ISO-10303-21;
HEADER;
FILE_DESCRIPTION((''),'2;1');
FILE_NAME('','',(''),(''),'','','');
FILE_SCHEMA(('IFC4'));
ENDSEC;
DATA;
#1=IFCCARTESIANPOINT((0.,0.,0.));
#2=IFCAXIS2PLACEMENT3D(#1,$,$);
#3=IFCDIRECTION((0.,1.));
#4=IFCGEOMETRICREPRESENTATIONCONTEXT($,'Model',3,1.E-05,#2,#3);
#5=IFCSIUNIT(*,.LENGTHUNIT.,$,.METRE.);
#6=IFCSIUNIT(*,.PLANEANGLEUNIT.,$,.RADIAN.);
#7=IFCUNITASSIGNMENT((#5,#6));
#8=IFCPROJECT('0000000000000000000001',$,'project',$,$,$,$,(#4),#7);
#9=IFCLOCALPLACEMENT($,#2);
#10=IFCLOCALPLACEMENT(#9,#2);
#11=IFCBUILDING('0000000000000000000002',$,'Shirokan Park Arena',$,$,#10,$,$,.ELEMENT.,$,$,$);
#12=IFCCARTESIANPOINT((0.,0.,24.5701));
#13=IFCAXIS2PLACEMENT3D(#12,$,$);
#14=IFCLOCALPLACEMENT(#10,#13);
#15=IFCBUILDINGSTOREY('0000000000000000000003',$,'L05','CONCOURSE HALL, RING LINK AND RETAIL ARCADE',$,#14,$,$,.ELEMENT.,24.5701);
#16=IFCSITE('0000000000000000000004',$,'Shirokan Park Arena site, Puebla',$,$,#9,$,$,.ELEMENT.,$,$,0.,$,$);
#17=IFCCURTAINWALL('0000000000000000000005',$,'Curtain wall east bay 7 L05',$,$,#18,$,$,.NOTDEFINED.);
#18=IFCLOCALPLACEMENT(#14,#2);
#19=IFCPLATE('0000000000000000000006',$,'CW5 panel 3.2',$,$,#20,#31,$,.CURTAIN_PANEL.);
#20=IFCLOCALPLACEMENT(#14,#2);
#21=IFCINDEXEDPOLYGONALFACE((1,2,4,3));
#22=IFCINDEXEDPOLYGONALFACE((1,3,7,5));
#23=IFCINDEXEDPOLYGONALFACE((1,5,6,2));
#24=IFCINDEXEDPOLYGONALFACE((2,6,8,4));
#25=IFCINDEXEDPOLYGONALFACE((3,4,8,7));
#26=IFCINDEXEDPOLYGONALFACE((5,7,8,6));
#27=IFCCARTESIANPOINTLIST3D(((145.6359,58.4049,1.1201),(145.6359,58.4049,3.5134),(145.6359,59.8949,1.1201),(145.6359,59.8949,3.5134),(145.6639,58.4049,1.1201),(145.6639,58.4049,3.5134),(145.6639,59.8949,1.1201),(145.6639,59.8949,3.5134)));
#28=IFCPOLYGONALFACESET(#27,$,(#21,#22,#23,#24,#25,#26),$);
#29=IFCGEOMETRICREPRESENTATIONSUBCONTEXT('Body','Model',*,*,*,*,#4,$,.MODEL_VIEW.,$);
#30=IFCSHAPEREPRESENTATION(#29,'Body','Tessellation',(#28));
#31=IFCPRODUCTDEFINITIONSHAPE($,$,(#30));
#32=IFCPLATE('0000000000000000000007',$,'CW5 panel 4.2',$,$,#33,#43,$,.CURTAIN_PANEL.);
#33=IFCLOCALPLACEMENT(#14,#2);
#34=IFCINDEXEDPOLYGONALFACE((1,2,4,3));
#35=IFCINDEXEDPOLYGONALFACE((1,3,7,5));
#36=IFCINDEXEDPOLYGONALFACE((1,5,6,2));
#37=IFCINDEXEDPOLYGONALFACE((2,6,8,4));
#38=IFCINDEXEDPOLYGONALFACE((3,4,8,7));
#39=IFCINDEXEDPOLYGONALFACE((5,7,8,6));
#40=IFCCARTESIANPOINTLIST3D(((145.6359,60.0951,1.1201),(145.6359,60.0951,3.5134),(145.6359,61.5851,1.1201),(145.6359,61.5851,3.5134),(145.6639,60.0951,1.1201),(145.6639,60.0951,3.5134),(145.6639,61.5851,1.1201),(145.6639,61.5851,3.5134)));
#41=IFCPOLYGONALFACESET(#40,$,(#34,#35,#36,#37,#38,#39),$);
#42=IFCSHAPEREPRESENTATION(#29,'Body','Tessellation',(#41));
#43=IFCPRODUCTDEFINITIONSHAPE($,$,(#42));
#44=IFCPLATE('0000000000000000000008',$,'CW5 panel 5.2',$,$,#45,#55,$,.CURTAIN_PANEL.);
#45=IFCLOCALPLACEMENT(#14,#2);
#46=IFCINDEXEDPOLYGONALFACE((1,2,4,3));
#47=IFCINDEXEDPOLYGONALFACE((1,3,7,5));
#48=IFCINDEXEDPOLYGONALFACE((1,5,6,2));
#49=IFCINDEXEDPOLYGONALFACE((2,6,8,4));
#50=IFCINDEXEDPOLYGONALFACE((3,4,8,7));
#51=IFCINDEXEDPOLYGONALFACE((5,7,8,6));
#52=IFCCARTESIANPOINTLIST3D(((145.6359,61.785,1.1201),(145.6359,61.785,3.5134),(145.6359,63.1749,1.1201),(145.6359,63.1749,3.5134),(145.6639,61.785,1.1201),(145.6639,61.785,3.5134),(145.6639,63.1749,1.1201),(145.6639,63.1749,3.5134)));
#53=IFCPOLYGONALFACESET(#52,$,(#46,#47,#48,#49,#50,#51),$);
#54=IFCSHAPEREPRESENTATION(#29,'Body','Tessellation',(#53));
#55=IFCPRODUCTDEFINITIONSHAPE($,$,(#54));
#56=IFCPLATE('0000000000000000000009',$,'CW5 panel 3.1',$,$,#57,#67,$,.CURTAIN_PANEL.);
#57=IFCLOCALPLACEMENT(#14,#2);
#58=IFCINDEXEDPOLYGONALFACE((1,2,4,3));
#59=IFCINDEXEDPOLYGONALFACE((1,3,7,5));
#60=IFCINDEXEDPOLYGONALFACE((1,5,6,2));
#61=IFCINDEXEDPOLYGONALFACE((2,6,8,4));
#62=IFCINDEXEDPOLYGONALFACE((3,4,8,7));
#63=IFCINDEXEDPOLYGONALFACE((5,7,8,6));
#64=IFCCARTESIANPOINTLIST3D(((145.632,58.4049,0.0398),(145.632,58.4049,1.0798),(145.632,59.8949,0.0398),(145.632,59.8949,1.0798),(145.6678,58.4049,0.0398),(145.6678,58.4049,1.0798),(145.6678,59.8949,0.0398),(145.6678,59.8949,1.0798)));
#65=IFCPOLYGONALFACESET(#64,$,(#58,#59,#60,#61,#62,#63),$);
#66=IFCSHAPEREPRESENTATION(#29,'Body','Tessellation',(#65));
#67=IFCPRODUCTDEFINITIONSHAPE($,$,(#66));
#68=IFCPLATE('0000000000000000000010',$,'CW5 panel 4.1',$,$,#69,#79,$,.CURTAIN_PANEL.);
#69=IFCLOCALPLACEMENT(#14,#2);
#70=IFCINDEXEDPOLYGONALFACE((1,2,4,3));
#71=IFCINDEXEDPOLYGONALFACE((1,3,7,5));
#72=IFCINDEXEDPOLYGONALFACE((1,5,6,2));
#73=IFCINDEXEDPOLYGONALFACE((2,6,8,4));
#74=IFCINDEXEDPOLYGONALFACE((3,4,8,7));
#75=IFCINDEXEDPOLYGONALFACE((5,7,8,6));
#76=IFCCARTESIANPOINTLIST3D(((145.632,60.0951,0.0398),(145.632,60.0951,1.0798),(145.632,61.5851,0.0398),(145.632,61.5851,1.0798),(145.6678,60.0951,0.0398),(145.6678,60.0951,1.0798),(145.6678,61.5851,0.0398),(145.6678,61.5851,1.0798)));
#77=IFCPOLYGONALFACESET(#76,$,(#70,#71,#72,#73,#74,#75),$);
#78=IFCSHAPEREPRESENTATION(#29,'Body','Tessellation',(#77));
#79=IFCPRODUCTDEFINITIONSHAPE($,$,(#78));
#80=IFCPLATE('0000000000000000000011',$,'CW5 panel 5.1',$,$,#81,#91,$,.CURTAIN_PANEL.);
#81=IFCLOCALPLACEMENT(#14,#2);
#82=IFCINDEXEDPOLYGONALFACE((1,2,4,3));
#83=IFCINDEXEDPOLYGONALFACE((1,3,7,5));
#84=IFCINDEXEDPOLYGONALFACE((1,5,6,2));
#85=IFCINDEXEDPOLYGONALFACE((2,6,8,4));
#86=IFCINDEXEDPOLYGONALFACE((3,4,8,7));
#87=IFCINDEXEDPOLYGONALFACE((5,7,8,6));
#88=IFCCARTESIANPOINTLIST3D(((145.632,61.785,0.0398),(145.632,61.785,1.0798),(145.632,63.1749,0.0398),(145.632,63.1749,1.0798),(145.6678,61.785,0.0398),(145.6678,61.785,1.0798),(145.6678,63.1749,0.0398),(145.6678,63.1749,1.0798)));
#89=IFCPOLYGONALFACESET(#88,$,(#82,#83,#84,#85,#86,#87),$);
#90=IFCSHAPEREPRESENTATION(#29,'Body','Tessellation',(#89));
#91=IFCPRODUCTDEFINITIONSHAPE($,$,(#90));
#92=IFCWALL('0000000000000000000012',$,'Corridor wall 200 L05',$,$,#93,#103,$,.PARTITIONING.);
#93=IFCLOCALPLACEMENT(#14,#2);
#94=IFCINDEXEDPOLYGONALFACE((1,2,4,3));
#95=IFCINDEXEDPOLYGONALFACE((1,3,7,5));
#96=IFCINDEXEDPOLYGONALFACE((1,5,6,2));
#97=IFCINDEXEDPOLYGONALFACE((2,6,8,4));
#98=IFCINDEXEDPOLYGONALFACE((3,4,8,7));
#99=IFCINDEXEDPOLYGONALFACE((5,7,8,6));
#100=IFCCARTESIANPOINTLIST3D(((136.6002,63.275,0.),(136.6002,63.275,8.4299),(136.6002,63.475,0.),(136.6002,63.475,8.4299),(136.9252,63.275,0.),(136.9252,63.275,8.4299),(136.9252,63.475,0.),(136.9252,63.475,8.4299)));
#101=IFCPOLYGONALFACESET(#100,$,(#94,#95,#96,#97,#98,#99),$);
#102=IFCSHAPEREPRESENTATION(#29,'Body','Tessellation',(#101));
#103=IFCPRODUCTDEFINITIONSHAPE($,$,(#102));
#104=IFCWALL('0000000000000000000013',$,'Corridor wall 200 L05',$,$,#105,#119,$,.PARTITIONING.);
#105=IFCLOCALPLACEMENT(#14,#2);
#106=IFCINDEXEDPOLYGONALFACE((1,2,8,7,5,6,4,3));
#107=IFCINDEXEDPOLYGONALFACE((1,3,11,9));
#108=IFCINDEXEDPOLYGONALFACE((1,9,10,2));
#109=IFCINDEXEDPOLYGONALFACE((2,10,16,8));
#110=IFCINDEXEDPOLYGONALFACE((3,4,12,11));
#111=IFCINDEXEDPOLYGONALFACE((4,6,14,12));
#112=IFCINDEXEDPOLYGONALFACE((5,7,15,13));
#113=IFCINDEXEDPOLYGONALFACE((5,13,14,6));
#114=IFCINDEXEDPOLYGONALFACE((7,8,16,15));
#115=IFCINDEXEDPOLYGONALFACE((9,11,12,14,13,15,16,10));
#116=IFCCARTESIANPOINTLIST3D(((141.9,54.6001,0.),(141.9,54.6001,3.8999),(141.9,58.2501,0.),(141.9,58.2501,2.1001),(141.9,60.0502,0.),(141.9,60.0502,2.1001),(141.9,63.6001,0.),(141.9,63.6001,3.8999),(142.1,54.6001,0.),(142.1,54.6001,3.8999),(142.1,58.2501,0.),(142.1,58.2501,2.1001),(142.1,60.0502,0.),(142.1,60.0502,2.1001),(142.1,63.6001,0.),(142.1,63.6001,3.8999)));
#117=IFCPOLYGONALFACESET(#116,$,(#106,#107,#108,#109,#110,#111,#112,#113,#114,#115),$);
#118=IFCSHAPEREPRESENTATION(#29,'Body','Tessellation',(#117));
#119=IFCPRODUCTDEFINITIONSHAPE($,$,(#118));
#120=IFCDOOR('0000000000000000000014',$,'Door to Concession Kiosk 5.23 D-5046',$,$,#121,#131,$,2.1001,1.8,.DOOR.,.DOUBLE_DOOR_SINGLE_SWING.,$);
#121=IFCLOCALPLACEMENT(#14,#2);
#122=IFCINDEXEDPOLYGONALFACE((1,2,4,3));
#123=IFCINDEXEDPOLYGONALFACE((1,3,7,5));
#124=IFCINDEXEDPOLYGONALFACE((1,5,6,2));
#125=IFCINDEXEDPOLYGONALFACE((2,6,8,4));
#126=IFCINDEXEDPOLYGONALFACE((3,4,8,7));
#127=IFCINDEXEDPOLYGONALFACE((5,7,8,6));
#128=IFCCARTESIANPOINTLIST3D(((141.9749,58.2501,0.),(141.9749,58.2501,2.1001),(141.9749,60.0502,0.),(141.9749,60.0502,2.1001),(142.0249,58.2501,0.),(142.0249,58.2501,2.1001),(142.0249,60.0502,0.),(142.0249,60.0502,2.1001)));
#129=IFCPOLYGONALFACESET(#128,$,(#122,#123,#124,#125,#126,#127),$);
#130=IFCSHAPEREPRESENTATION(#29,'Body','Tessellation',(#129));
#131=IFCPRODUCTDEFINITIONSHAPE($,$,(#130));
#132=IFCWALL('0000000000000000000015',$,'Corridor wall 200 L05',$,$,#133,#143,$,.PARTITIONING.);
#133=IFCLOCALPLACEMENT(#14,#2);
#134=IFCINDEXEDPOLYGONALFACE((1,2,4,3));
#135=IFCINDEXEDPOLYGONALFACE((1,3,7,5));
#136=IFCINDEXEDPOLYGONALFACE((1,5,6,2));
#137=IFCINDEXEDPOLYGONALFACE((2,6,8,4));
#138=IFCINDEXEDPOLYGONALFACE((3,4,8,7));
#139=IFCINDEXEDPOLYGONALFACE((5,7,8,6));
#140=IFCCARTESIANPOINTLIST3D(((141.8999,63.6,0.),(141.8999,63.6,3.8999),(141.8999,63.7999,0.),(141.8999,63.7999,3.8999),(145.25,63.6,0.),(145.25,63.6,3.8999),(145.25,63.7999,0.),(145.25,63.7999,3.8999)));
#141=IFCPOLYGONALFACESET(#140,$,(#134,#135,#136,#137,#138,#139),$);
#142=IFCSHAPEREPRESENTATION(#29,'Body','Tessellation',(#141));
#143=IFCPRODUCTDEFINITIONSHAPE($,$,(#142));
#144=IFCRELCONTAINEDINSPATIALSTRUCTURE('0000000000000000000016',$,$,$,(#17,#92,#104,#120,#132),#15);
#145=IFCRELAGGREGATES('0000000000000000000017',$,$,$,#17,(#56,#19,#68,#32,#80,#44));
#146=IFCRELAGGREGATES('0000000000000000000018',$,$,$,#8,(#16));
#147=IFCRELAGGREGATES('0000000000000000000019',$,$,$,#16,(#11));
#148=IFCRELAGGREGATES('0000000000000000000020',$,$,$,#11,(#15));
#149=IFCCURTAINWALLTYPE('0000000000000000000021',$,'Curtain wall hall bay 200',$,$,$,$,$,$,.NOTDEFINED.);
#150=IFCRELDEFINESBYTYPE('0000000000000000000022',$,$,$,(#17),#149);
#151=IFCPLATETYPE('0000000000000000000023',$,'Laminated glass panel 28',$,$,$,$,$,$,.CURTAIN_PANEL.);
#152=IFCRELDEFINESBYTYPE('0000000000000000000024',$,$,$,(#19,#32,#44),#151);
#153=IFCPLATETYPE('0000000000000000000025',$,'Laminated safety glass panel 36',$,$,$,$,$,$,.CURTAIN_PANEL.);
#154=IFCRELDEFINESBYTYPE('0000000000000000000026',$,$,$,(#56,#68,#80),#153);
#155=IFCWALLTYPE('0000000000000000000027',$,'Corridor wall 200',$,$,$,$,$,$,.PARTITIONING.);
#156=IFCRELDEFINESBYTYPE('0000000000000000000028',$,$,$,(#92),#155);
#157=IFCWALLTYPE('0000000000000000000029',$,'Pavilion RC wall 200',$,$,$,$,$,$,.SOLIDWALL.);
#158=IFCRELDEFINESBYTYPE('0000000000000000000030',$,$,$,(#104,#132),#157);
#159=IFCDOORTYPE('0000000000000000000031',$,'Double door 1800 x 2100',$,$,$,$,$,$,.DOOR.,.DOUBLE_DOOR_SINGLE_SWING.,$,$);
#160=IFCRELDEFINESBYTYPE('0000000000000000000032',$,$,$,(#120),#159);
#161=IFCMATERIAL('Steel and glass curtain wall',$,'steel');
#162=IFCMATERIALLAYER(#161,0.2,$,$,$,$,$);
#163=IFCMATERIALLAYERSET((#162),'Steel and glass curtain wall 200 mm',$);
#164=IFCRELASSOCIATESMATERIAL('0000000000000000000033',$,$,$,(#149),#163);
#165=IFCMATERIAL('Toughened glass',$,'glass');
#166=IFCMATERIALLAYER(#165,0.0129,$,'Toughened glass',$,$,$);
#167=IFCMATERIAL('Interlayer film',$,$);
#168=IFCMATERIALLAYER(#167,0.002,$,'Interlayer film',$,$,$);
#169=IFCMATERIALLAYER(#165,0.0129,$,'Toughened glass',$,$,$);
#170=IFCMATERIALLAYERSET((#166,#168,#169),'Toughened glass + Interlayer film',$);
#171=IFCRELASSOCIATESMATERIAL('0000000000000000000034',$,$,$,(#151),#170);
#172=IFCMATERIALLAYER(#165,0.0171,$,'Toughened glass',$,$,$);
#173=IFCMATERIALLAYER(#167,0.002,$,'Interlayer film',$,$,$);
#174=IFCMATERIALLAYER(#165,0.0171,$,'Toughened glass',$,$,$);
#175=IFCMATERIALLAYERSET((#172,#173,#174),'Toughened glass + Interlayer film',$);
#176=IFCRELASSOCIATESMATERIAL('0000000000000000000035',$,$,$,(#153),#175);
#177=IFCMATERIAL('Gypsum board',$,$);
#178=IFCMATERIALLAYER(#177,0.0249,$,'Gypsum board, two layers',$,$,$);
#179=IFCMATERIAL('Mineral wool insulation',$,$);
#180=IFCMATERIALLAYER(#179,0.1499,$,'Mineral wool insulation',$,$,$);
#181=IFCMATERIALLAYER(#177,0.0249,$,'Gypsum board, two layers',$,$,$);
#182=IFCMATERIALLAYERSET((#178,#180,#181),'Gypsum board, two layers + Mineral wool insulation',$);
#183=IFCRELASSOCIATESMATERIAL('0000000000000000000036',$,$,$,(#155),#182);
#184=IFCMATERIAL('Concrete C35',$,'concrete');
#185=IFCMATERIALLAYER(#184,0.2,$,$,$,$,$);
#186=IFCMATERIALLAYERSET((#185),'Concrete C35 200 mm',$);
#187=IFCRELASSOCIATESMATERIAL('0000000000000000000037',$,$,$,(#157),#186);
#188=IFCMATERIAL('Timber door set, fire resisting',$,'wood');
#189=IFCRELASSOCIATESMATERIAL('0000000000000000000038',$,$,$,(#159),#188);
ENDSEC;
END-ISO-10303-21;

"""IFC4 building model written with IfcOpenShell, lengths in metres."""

from ifc_helpers import new_model, si_unit, direction, frame, frame_2d, origin, origin_2d, place, context, subcontext, project, spatial, rectangle, extrude, material, layer, layer_set, type_object, element, fill, aggregate, save


model = new_model("IFC4")

# Units and contexts
model_context = context("Model", 3, precision=1e-05, world=origin(), true_north=direction((0.0, 1.0)))
body_context = subcontext(model_context, "Body", "Model", "MODEL_VIEW")
ifc_project = project(units=[si_unit("LENGTHUNIT", "METRE"), si_unit("PLANEANGLEUNIT", "RADIAN")], contexts=[model_context])

# Site, building, storey
site_placement = place(None, origin())
site = spatial("IfcSite", under=ifc_project, at=site_placement, Name="Shirokan Park Arena site, Puebla", CompositionType="ELEMENT", RefElevation=0.0)
building_placement = place(site_placement, origin())
building = spatial("IfcBuilding", under=site, at=building_placement, Name="Shirokan Park Arena", CompositionType="ELEMENT")
storey_placement = place(building_placement, frame((0.0, 0.0, 24.5701)))
storey = spatial("IfcBuildingStorey", under=building, at=storey_placement, Name="L05", Description="CONCOURSE HALL, RING LINK AND RETAIL ARCADE", CompositionType="ELEMENT", Elevation=24.5701)

# Shared definitions
ifc_material_1 = material(Name="Concrete C35", Category="concrete")

# Curtain wall
ifc_material_2 = material(Name="Steel and glass curtain wall", Category="steel")
ifc_layer_1 = layer(ifc_material_2, 0.2)
ifc_layer_set_1 = layer_set([ifc_layer_1], Name="Steel and glass curtain wall 200 mm")
curtain_wall_type = type_object("IfcCurtainWallType", Name="Curtain wall hall bay 200", PredefinedType="NOTDEFINED", material=ifc_layer_set_1)
curtain_wall_placement = place(storey_placement, origin())
curtain_wall = element("IfcCurtainWall", 1, at=curtain_wall_placement, inside=storey, type_object=curtain_wall_type, Name="Curtain wall east bay 7 L05", PredefinedType="NOTDEFINED")

# Plates
ifc_material_3 = material(Name="Toughened glass", Category="glass")
ifc_layer_2 = layer(ifc_material_3, 0.0129, Name="Toughened glass")
ifc_material_4 = material(Name="Interlayer film")
ifc_layer_3 = layer(ifc_material_4, 0.002, Name="Interlayer film")
ifc_layer_4 = layer(ifc_material_3, 0.0129, Name="Toughened glass")
ifc_layer_set_2 = layer_set([ifc_layer_2, ifc_layer_3, ifc_layer_4], Name="Toughened glass + Interlayer film")
plate_type_1 = type_object("IfcPlateType", Name="Laminated glass panel 28", PredefinedType="CURTAIN_PANEL", material=ifc_layer_set_2)
plate_1_placement = place(storey_placement, frame((145.6499, 59.1499, 1.1201), z_axis=(0.0, 0.0, 1.0), x_axis=(0.0, 1.0, 0.0)))
plate_1 = element("IfcPlate", 2, at=plate_1_placement, type_object=plate_type_1, Name="CW5 panel 3.2", PredefinedType="CURTAIN_PANEL", context=body_context, shape_type="SweptSolid", body=[
    extrude(rectangle(XDim=1.49, YDim=0.0281, at=origin_2d()), origin(), (0.0, 0.0, 1.0), 2.3933),
])
plate_2_placement = place(storey_placement, frame((145.6499, 60.8401, 1.1201), z_axis=(0.0, 0.0, 1.0), x_axis=(0.0, 1.0, 0.0)))
plate_2 = element("IfcPlate", 3, at=plate_2_placement, type_object=plate_type_1, Name="CW5 panel 4.2", PredefinedType="CURTAIN_PANEL", context=body_context, shape_type="SweptSolid", body=[
    extrude(rectangle(XDim=1.49, YDim=0.0281, at=origin_2d()), origin(), (0.0, 0.0, 1.0), 2.3933),
])
plate_3_placement = place(storey_placement, frame((145.6499, 62.48, 1.1201), z_axis=(0.0, 0.0, 1.0), x_axis=(0.0, 1.0, 0.0)))
plate_3 = element("IfcPlate", 4, at=plate_3_placement, type_object=plate_type_1, Name="CW5 panel 5.2", PredefinedType="CURTAIN_PANEL", context=body_context, shape_type="SweptSolid", body=[
    extrude(rectangle(XDim=1.3899, YDim=0.0281, at=origin_2d()), origin(), (0.0, 0.0, 1.0), 2.3933),
])
ifc_layer_5 = layer(ifc_material_3, 0.0171, Name="Toughened glass")
ifc_layer_6 = layer(ifc_material_4, 0.002, Name="Interlayer film")
ifc_layer_7 = layer(ifc_material_3, 0.0171, Name="Toughened glass")
ifc_layer_set_3 = layer_set([ifc_layer_5, ifc_layer_6, ifc_layer_7], Name="Toughened glass + Interlayer film")
plate_type_2 = type_object("IfcPlateType", Name="Laminated safety glass panel 36", PredefinedType="CURTAIN_PANEL", material=ifc_layer_set_3)
plate_4_placement = place(storey_placement, frame((145.6499, 59.1499, 0.0398), z_axis=(0.0, 0.0, 1.0), x_axis=(0.0, 1.0, 0.0)))
plate_4 = element("IfcPlate", 5, at=plate_4_placement, type_object=plate_type_2, Name="CW5 panel 3.1", PredefinedType="CURTAIN_PANEL", context=body_context, shape_type="SweptSolid", body=[
    extrude(rectangle(XDim=1.49, YDim=0.0359, at=origin_2d()), origin(), (0.0, 0.0, 1.0), 1.04),
])
plate_5_placement = place(storey_placement, frame((145.6499, 60.8401, 0.0398), z_axis=(0.0, 0.0, 1.0), x_axis=(0.0, 1.0, 0.0)))
plate_5 = element("IfcPlate", 6, at=plate_5_placement, type_object=plate_type_2, Name="CW5 panel 4.1", PredefinedType="CURTAIN_PANEL", context=body_context, shape_type="SweptSolid", body=[
    extrude(rectangle(XDim=1.49, YDim=0.0359, at=origin_2d()), origin(), (0.0, 0.0, 1.0), 1.04),
])
plate_6_placement = place(storey_placement, frame((145.6499, 62.48, 0.0398), z_axis=(0.0, 0.0, 1.0), x_axis=(0.0, 1.0, 0.0)))
plate_6 = element("IfcPlate", 7, at=plate_6_placement, type_object=plate_type_2, Name="CW5 panel 5.1", PredefinedType="CURTAIN_PANEL", context=body_context, shape_type="SweptSolid", body=[
    extrude(rectangle(XDim=1.3899, YDim=0.0359, at=origin_2d()), origin(), (0.0, 0.0, 1.0), 1.04),
])
aggregate(curtain_wall, [plate_4, plate_1, plate_5, plate_2, plate_6, plate_3])

# Wall
ifc_material_5 = material(Name="Gypsum board")
ifc_layer_8 = layer(ifc_material_5, 0.0249, Name="Gypsum board, two layers")
ifc_material_6 = material(Name="Mineral wool insulation")
ifc_layer_9 = layer(ifc_material_6, 0.1499, Name="Mineral wool insulation")
ifc_layer_10 = layer(ifc_material_5, 0.0249, Name="Gypsum board, two layers")
ifc_layer_set_4 = layer_set([ifc_layer_8, ifc_layer_9, ifc_layer_10], Name="Gypsum board, two layers + Mineral wool insulation")
wall_type_1 = type_object("IfcWallType", Name="Corridor wall 200", PredefinedType="PARTITIONING", material=ifc_layer_set_4)
wall_1_placement = place(storey_placement, frame((136.6001, 63.375, 0.0), z_axis=(0.0, 0.0, 1.0), x_axis=(1.0, 0.0, 0.0)))
element("IfcWall", 8, at=wall_1_placement, inside=storey, type_object=wall_type_1, Name="Corridor wall 200 L05", PredefinedType="PARTITIONING", context=body_context, shape_type="SweptSolid", body=[
    extrude(rectangle(XDim=0.325, YDim=0.2, at=frame_2d((0.1626, 0.0))), origin(), (0.0, 0.0, 1.0), 8.4299),
])

# Wall, opening, door
ifc_layer_11 = layer(ifc_material_1, 0.2)
ifc_layer_set_5 = layer_set([ifc_layer_11], Name="Concrete C35 200 mm")
wall_type_2 = type_object("IfcWallType", Name="Pavilion RC wall 200", PredefinedType="SOLIDWALL", material=ifc_layer_set_5)
wall_2_placement = place(storey_placement, frame((142.0, 63.6001, 0.0), z_axis=(0.0, 0.0, 1.0), x_axis=(0.0, -1.0, 0.0)))
wall_2 = element("IfcWall", 9, at=wall_2_placement, inside=storey, type_object=wall_type_2, Name="Corridor wall 200 L05", PredefinedType="PARTITIONING", context=body_context, shape_type="SweptSolid", body=[
    extrude(rectangle(XDim=9.0, YDim=0.2, at=frame_2d((4.5, 0.0))), origin(), (0.0, 0.0, 1.0), 3.8999),
])
opening_placement = place(wall_2_placement, frame((3.55, 0.0, 0.0)))
opening = element("IfcOpeningElement", 10, at=opening_placement, cuts=wall_2, PredefinedType="OPENING", context=body_context, shape_type="SweptSolid", body=[
    extrude(rectangle(XDim=1.8, YDim=2.1001, at=frame_2d((0.8999, 1.05))), frame((0.0, 0.1099, 0.0), z_axis=(0.0, -1.0, 0.0), x_axis=(1.0, 0.0, 0.0)), (0.0, 0.0, 1.0), 0.22),
])
ifc_material_7 = material(Name="Timber door set, fire resisting", Category="wood")
door_type = type_object("IfcDoorType", Name="Double door 1800 x 2100", OperationType="DOUBLE_DOOR_SINGLE_SWING", PredefinedType="DOOR", material=ifc_material_7)
door_placement = place(opening_placement, origin())
door = element("IfcDoor", 11, at=door_placement, inside=storey, type_object=door_type, Name="Door to Concession Kiosk 5.23 D-5046", OperationType="DOUBLE_DOOR_SINGLE_SWING", OverallHeight=2.1001, OverallWidth=1.8, PredefinedType="DOOR", context=body_context, shape_type="SweptSolid", body=[
    extrude(rectangle(XDim=1.8, YDim=2.1001, at=frame_2d((0.8999, 1.05))), frame((0.0, 0.0249, 0.0), z_axis=(0.0, -1.0, 0.0), x_axis=(1.0, 0.0, 0.0)), (0.0, 0.0, 1.0), 0.05),
])
fill(opening, door)

# Wall
wall_3_placement = place(storey_placement, frame((145.25, 63.7, 0.0), z_axis=(0.0, 0.0, 1.0), x_axis=(-1.0, 0.0, 0.0)))
element("IfcWall", 12, at=wall_3_placement, inside=storey, type_object=wall_type_2, Name="Corridor wall 200 L05", PredefinedType="PARTITIONING", context=body_context, shape_type="SweptSolid", body=[
    extrude(rectangle(XDim=3.3501, YDim=0.2, at=frame_2d((1.675, 0.0))), origin(), (0.0, 0.0, 1.0), 3.8999),
])

save(model, "model.ifc")
